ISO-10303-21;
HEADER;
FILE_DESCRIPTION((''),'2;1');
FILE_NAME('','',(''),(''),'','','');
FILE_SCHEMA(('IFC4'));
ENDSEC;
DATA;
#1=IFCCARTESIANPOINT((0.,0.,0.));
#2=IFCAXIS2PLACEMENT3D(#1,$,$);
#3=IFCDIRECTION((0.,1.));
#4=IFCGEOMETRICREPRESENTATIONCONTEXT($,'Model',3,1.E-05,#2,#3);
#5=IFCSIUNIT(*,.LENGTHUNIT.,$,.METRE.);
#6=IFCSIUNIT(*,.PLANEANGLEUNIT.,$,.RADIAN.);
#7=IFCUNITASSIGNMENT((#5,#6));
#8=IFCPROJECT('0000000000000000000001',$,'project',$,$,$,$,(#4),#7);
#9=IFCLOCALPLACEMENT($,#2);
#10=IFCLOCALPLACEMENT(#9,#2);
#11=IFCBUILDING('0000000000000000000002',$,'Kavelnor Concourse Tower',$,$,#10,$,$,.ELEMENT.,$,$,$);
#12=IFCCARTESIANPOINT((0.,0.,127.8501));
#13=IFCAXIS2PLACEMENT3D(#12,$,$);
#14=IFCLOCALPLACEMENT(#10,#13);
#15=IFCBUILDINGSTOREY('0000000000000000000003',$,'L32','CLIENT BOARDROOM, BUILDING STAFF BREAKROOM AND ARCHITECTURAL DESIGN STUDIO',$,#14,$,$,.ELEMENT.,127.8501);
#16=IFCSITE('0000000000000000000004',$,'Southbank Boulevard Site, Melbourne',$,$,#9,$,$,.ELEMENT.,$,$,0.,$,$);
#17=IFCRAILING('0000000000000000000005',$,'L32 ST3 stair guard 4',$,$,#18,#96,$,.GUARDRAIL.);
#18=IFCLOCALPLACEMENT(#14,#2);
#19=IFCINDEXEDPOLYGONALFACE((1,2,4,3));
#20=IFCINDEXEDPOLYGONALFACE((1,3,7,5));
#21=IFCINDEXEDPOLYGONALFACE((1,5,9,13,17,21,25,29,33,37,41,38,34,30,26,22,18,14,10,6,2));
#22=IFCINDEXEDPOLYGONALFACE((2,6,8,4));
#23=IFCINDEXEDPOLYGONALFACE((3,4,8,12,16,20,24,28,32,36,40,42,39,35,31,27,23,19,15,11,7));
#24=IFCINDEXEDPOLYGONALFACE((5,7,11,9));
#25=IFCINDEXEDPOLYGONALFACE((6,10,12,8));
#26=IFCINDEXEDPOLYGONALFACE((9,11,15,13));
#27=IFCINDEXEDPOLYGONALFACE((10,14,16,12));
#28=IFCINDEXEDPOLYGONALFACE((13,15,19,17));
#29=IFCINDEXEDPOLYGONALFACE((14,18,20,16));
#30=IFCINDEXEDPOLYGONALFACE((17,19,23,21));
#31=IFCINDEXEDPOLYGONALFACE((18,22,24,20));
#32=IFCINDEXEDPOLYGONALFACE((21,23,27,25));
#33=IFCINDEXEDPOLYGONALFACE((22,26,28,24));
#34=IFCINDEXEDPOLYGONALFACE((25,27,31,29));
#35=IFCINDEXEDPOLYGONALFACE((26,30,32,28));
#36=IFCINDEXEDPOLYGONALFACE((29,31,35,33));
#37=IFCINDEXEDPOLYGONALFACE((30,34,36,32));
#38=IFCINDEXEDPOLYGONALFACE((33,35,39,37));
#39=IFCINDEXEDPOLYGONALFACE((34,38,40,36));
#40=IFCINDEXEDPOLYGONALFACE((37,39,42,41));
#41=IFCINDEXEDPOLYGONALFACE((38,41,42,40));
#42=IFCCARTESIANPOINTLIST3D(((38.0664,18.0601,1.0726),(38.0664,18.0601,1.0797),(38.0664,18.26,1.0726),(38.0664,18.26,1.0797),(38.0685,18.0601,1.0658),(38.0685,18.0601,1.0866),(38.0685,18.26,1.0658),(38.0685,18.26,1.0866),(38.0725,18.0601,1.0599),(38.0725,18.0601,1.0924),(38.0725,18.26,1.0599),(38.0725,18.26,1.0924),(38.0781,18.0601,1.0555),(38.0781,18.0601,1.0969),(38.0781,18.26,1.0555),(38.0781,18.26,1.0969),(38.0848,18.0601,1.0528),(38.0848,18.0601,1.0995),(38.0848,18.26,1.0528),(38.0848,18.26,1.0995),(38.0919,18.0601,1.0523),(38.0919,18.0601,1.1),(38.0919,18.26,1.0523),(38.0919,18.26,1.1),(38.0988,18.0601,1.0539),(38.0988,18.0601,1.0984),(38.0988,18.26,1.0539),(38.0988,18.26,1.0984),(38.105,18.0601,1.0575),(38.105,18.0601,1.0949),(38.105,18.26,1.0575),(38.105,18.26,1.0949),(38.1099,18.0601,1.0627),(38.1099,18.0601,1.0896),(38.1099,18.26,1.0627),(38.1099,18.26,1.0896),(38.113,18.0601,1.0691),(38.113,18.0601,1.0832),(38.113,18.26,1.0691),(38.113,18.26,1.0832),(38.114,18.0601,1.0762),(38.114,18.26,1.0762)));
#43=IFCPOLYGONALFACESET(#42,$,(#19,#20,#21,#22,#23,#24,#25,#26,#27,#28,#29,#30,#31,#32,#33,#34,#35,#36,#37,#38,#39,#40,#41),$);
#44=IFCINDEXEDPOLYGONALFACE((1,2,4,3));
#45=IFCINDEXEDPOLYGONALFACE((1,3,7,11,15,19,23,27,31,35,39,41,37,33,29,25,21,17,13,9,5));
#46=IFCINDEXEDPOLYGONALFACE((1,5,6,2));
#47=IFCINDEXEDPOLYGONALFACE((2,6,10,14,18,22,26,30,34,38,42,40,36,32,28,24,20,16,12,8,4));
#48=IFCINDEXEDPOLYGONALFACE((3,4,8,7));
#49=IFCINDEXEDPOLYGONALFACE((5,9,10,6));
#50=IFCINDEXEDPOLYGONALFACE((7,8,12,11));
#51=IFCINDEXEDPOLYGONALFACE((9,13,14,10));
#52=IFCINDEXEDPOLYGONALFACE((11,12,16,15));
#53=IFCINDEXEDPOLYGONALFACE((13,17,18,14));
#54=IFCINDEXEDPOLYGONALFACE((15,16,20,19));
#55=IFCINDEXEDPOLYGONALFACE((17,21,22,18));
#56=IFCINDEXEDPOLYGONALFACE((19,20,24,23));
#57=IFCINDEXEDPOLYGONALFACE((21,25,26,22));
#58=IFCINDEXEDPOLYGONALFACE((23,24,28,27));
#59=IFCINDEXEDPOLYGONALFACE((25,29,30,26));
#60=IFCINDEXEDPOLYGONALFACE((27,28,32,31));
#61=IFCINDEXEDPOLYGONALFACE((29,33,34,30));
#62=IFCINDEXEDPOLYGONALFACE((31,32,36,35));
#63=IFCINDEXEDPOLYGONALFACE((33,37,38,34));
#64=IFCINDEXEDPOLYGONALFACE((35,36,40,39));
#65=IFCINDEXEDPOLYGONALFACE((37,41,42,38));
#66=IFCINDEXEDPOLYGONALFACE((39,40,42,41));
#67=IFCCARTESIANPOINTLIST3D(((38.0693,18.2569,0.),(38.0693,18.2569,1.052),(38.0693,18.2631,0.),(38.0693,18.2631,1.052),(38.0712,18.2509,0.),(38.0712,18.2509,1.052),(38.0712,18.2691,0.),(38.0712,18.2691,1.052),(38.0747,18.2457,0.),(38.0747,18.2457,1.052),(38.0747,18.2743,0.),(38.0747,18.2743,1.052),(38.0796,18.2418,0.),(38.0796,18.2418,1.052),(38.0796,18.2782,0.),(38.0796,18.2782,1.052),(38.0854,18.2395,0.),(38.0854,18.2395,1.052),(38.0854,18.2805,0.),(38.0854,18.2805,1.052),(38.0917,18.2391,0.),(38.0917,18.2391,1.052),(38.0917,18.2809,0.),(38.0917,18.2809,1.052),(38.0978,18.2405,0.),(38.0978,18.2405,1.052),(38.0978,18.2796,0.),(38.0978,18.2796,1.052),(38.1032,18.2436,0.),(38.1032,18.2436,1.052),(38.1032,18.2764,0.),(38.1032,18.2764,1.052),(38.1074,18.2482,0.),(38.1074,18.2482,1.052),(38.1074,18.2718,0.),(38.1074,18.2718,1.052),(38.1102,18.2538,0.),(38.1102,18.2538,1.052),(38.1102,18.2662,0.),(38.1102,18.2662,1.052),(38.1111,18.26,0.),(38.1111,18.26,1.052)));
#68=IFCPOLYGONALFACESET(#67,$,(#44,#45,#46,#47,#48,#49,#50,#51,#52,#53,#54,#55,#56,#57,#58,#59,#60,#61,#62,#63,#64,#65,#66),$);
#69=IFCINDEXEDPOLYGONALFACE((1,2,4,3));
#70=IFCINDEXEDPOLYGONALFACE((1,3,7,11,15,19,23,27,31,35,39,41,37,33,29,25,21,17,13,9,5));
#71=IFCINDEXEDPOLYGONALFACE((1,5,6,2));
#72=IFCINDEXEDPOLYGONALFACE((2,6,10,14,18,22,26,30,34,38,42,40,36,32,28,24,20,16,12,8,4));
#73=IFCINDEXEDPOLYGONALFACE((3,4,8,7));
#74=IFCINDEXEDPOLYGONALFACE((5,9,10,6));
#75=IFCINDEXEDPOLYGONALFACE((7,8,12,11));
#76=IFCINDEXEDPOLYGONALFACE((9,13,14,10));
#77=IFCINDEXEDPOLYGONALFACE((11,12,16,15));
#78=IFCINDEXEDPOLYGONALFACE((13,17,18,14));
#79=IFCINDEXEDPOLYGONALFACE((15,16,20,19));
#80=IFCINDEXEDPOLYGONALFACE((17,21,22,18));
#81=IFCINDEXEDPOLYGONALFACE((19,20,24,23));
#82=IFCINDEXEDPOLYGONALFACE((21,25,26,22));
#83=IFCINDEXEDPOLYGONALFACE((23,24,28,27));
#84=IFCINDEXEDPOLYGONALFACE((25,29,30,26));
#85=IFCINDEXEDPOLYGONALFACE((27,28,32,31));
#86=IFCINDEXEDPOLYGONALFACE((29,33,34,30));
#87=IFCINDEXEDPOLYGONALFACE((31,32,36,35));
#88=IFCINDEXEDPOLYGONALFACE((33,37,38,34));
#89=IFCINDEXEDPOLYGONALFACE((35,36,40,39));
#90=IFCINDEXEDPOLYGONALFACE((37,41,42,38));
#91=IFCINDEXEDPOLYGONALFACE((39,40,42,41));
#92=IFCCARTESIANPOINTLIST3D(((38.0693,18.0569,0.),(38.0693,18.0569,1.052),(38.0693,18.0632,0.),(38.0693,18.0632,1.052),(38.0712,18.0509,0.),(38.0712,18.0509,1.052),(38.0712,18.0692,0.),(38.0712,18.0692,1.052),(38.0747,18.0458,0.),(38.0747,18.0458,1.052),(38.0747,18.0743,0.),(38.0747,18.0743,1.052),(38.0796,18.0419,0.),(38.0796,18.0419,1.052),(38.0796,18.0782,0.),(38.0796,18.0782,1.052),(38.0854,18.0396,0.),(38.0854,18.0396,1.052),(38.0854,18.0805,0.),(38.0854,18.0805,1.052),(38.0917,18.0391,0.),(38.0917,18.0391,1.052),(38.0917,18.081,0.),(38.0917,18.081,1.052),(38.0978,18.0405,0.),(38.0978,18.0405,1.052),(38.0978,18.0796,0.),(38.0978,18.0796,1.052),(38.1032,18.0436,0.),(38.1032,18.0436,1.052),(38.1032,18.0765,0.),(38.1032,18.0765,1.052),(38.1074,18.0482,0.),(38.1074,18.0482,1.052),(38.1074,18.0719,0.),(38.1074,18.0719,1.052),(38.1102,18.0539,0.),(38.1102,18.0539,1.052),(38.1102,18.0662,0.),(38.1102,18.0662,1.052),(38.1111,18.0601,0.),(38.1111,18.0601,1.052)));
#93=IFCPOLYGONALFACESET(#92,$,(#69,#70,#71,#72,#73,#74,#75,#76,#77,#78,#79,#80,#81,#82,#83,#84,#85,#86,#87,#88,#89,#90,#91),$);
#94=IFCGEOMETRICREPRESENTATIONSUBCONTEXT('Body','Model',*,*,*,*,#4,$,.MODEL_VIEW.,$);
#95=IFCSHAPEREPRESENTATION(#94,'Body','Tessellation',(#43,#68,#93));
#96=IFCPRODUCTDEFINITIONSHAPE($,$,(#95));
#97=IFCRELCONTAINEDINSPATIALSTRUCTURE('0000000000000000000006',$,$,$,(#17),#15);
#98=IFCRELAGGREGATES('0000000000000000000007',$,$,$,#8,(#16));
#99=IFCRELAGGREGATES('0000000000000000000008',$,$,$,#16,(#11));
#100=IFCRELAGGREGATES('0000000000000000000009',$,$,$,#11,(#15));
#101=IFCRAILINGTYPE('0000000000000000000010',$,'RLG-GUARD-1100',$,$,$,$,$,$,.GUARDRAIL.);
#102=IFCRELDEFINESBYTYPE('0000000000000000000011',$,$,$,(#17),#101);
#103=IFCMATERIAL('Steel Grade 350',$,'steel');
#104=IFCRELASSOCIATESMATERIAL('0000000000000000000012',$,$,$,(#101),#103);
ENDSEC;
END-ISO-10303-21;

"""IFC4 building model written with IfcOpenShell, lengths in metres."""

from ifc_helpers import new_model, si_unit, direction, frame, origin, origin_2d, place, context, subcontext, project, spatial, circle, extrude, material, type_object, element, save


model = new_model("IFC4")

# Units and contexts
model_context = context("Model", 3, precision=1e-05, world=origin(), true_north=direction((0.0, 1.0)))
body_context = subcontext(model_context, "Body", "Model", "MODEL_VIEW")
ifc_project = project(units=[si_unit("LENGTHUNIT", "METRE"), si_unit("PLANEANGLEUNIT", "RADIAN")], contexts=[model_context])

# Site, building, storey
site_placement = place(None, origin())
site = spatial("IfcSite", under=ifc_project, at=site_placement, Name="Southbank Boulevard Site, Melbourne", CompositionType="ELEMENT", RefElevation=0.0)
building_placement = place(site_placement, origin())
building = spatial("IfcBuilding", under=site, at=building_placement, Name="Kavelnor Concourse Tower", CompositionType="ELEMENT")
storey_placement = place(building_placement, frame((0.0, 0.0, 127.8501)))
storey = spatial("IfcBuildingStorey", under=building, at=storey_placement, Name="L32", Description="CLIENT BOARDROOM, BUILDING STAFF BREAKROOM AND ARCHITECTURAL DESIGN STUDIO", CompositionType="ELEMENT", Elevation=127.8501)

# Shared definitions
ifc_material_1 = material(Name="Steel Grade 350", Category="steel")

# Railing
railing_type_1 = type_object("IfcRailingType", Name="RLG-GUARD-1100", PredefinedType="GUARDRAIL", material=ifc_material_1)
railing_1_placement = place(storey_placement, frame((38.0901, 18.26, 0.0)))
element("IfcRailing", 1, at=railing_1_placement, inside=storey, type_object=railing_type_1, Name="L32 ST3 stair guard 4", PredefinedType="GUARDRAIL", context=body_context, shape_type="SweptSolid", body=[
    extrude(circle(Radius=0.0239, at=origin_2d()), frame((0.0, 0.0, 1.0762), z_axis=(0.0, -1.0, 0.0), x_axis=(1.0, 0.0, 0.0)), (0.0, 0.0, 1.0), 0.2),
    extrude(circle(Radius=0.021, at=origin_2d()), origin(), (0.0, 0.0, 1.0), 1.052),
    extrude(circle(Radius=0.021, at=origin_2d()), frame((0.0, -0.2, 0.0)), (0.0, 0.0, 1.0), 1.052),
])

save(model, "model.ifc")
